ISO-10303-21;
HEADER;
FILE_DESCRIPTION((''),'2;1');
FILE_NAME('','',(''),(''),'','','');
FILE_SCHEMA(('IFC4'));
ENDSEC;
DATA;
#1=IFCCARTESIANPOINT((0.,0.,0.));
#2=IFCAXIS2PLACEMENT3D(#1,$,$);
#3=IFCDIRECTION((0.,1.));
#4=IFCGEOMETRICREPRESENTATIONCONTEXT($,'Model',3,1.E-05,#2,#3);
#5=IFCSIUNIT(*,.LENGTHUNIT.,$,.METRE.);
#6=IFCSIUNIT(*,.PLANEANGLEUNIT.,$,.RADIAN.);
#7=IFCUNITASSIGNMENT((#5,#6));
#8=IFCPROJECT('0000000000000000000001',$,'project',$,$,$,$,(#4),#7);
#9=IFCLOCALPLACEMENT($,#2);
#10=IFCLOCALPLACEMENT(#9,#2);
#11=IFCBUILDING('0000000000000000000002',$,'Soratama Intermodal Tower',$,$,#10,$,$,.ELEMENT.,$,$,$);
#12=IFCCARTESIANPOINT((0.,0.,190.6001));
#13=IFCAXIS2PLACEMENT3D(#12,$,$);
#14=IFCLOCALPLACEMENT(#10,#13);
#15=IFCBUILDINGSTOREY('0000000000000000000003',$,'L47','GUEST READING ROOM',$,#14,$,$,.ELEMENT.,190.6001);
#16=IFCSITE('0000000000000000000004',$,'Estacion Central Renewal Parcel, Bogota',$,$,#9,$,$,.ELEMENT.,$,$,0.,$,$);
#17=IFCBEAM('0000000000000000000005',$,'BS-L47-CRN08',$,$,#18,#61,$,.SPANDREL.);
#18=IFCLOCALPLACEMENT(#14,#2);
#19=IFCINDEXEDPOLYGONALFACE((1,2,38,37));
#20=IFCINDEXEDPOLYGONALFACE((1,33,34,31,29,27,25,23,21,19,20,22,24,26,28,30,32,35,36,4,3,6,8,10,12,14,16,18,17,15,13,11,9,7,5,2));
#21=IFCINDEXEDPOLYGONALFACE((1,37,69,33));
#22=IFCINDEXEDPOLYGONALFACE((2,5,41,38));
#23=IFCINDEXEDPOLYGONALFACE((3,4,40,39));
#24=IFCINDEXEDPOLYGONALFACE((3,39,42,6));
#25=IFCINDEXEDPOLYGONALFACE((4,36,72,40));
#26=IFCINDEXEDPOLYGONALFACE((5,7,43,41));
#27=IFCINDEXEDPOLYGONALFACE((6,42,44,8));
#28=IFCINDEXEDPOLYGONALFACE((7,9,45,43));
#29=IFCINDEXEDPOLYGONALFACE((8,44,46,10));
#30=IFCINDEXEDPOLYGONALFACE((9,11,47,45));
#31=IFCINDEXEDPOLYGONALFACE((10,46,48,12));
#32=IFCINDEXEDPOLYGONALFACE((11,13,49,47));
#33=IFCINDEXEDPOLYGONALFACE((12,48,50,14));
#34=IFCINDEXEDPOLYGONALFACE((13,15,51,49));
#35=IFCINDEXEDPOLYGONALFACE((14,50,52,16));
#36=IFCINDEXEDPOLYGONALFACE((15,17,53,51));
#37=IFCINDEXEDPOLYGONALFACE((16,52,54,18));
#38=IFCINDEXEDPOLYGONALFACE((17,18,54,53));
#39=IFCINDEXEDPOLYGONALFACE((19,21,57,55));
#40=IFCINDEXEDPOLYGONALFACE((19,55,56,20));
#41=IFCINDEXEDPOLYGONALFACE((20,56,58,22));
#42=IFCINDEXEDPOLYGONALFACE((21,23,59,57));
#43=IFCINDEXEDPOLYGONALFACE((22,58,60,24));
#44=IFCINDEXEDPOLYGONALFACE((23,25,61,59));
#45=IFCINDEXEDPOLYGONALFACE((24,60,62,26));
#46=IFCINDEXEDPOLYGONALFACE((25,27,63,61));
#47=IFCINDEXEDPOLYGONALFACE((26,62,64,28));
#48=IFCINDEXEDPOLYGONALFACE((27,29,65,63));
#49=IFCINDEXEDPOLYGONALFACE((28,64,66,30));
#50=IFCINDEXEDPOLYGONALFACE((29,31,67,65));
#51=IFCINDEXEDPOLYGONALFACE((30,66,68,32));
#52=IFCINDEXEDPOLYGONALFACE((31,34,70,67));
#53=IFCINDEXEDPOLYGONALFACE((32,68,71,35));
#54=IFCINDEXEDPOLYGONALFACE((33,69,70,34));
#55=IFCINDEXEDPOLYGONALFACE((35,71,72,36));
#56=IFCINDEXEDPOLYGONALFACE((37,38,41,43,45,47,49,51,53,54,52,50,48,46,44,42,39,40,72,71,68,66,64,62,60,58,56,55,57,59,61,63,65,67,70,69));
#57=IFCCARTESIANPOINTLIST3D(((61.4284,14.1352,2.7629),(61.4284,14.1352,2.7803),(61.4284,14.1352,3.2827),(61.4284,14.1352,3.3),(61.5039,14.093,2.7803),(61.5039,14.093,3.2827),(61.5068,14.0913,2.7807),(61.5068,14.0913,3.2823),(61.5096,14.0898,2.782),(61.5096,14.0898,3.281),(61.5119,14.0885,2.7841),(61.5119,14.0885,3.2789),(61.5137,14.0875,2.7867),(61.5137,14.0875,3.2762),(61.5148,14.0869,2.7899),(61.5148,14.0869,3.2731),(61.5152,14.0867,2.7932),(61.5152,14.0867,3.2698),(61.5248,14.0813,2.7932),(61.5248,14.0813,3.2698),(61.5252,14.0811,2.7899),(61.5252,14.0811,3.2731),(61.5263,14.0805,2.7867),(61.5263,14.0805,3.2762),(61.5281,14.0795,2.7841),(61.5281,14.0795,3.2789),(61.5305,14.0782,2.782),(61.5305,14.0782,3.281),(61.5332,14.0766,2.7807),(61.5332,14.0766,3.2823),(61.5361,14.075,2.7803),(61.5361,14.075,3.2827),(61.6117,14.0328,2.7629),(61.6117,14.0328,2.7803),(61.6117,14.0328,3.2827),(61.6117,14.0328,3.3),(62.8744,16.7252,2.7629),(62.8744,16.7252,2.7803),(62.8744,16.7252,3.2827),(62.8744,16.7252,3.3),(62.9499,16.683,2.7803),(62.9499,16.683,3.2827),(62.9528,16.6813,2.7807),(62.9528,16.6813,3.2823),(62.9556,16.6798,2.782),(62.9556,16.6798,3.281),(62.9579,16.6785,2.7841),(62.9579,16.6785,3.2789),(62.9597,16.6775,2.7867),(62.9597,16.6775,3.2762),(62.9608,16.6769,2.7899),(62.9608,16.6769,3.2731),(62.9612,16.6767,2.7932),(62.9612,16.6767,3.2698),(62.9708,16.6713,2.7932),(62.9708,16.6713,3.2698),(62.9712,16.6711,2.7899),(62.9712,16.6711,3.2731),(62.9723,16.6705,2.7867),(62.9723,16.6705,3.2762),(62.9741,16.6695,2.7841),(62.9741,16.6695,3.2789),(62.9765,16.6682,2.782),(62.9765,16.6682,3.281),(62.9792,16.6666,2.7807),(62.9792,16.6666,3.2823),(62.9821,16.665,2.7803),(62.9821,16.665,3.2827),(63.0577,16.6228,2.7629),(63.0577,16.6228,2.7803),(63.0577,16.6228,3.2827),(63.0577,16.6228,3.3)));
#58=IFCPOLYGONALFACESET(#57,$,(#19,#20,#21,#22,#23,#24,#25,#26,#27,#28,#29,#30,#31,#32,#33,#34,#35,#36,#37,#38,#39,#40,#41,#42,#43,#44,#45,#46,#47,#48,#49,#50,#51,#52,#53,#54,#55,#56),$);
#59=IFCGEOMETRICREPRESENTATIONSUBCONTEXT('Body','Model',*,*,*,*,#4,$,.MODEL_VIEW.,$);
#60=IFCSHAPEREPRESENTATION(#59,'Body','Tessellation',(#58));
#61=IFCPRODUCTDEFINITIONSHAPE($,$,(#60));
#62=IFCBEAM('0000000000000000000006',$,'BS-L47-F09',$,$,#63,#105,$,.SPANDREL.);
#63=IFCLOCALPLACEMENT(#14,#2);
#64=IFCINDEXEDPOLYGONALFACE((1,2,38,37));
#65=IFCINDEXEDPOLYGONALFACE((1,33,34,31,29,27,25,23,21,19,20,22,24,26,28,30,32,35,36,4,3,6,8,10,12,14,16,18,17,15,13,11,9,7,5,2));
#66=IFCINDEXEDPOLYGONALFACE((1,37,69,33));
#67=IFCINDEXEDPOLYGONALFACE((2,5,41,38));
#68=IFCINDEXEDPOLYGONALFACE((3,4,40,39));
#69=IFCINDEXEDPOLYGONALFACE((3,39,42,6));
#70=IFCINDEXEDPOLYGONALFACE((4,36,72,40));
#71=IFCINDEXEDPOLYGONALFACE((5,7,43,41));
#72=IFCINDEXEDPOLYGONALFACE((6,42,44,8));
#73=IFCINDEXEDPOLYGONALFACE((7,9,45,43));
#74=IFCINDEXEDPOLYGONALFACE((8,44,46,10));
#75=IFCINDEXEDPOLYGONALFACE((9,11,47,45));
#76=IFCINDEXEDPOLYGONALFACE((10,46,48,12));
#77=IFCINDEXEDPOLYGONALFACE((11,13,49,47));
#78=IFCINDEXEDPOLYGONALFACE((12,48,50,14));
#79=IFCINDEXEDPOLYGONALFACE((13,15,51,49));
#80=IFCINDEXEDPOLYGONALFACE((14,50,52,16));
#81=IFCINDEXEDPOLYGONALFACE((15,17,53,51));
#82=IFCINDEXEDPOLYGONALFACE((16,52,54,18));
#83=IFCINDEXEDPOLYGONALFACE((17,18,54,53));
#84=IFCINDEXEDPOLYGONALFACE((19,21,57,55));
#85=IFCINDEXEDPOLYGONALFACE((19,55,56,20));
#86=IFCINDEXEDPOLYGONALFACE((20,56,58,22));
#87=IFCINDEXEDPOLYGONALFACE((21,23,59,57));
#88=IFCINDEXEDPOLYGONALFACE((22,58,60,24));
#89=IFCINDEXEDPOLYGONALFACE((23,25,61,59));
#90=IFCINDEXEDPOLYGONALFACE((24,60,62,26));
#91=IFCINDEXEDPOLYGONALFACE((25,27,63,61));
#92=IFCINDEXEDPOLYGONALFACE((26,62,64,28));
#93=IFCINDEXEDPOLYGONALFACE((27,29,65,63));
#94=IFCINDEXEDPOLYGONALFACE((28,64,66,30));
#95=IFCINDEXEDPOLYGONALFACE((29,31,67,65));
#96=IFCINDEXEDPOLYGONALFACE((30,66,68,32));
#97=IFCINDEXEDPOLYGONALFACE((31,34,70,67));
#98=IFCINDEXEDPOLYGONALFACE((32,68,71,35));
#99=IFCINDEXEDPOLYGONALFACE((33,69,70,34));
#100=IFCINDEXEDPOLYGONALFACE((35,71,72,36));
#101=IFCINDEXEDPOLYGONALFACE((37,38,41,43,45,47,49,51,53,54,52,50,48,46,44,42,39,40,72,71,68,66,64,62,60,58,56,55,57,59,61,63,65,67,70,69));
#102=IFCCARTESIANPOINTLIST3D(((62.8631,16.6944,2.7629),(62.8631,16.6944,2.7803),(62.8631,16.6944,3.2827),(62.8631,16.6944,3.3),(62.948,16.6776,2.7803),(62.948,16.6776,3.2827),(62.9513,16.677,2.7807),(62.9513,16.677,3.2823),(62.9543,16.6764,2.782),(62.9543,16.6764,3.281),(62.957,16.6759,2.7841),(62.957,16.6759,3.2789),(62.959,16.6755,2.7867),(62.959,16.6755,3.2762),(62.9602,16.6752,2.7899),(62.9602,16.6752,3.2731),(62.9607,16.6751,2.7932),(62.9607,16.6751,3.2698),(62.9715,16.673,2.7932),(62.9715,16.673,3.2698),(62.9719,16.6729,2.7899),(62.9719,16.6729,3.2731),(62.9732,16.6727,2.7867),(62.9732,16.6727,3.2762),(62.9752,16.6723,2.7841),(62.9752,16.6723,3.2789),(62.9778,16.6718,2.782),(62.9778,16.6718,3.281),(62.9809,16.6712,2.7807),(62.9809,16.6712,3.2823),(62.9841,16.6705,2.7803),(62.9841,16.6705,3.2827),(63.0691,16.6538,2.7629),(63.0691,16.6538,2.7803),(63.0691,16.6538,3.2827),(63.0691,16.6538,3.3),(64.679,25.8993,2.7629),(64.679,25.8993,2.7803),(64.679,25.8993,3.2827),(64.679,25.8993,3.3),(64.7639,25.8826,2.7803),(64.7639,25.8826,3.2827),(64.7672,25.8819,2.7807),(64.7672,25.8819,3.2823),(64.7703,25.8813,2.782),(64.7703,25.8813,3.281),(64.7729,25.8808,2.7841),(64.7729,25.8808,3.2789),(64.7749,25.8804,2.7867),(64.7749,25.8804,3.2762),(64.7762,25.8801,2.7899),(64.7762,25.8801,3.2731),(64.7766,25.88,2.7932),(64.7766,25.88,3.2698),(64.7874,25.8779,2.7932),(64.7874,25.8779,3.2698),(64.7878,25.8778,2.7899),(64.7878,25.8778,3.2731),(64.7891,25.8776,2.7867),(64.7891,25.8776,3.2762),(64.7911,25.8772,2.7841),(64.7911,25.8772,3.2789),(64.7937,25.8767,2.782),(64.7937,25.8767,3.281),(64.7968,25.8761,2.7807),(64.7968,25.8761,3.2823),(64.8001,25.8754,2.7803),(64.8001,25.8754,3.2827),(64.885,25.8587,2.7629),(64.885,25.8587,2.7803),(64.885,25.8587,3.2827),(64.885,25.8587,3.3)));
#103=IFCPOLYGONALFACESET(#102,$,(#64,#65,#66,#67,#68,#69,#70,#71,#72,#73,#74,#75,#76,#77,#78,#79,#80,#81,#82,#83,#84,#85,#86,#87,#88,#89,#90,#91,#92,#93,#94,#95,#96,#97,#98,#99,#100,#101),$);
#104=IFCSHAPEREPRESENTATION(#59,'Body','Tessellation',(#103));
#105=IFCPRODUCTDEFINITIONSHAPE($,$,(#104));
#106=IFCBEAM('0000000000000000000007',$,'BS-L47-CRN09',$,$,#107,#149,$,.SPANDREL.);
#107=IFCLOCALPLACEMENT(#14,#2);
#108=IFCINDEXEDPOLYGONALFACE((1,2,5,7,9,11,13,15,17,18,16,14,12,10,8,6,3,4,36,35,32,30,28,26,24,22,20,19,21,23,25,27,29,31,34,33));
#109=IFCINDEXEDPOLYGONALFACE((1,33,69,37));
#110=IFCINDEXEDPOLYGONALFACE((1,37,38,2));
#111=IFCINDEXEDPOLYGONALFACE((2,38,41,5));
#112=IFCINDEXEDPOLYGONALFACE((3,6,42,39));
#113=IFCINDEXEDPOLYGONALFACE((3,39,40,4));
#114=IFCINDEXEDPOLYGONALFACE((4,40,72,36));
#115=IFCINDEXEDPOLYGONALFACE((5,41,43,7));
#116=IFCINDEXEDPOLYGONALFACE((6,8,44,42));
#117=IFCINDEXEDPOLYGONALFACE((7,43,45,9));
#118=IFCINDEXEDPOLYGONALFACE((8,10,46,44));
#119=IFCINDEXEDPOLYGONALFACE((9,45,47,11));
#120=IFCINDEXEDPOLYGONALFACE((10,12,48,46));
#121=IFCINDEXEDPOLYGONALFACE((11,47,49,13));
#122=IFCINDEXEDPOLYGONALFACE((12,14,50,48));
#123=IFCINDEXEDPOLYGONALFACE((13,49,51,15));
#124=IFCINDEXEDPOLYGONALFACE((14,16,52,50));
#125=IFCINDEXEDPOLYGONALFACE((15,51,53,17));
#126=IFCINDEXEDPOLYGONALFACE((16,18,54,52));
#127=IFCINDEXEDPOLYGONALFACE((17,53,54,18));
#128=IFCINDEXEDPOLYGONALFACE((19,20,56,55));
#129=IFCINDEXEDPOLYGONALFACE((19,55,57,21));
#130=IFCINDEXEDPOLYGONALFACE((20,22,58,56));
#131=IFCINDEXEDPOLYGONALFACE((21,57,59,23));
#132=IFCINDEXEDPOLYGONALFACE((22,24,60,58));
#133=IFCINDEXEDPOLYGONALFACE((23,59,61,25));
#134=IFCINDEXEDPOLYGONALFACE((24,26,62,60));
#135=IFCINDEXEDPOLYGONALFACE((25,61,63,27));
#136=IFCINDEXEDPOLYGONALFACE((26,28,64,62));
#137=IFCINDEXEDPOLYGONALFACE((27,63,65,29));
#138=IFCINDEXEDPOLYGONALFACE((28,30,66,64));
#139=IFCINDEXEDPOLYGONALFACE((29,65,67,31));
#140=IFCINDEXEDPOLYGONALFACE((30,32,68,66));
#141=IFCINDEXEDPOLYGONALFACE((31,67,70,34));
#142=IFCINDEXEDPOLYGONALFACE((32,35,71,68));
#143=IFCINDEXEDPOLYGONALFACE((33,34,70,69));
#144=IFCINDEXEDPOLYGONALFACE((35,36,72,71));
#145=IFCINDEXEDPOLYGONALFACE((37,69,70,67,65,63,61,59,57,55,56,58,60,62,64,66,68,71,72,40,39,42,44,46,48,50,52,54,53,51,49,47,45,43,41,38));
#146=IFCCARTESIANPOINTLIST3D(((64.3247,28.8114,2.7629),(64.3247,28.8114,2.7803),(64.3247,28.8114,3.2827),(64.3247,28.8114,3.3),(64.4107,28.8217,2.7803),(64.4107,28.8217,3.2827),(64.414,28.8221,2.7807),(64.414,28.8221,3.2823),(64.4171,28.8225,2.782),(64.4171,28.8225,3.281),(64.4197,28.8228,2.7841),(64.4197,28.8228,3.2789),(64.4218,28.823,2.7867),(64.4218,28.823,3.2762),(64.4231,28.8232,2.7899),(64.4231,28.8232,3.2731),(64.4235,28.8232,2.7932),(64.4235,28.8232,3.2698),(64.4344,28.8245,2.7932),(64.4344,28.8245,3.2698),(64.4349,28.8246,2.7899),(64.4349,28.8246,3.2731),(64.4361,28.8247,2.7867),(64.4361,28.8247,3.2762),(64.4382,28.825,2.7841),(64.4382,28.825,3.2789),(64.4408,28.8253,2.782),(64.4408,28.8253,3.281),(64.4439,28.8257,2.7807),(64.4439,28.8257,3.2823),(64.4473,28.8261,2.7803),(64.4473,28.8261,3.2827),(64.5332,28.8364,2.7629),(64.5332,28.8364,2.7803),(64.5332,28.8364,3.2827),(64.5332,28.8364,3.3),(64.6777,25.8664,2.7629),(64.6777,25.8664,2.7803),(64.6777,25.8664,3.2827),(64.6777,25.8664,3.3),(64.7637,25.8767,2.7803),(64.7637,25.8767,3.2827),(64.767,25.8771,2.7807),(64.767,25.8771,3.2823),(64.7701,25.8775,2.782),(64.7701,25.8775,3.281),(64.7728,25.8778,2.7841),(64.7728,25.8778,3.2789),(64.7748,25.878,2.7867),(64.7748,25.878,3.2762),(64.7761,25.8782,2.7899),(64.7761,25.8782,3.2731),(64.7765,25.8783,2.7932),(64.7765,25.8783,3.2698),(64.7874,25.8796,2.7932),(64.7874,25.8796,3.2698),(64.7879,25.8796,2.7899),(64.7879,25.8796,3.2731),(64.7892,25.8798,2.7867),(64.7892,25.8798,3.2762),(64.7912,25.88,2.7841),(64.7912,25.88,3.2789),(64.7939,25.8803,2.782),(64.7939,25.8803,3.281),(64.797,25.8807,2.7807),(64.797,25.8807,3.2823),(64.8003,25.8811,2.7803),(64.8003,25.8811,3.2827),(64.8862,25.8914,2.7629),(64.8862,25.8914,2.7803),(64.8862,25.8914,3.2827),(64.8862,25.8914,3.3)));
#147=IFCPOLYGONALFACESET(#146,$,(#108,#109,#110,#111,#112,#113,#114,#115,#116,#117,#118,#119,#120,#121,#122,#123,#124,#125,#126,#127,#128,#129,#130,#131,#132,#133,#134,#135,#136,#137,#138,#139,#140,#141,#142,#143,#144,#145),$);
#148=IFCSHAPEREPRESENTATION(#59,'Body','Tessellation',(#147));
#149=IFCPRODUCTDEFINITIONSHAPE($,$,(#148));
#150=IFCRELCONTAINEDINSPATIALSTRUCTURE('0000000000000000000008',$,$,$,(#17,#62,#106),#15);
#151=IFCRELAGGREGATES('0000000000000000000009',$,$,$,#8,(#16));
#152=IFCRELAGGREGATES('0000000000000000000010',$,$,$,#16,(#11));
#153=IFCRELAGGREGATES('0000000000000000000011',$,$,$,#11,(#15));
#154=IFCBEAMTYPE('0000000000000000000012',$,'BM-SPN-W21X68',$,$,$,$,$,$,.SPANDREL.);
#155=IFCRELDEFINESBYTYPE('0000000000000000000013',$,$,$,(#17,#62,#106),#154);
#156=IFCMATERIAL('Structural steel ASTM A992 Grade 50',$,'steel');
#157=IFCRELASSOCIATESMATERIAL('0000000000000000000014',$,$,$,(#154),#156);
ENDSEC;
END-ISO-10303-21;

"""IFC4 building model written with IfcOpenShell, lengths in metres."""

from ifc_helpers import new_model, si_unit, direction, frame, origin, origin_2d, place, context, subcontext, project, spatial, i_section, extrude, material, material_profile, profile_set, type_object, element, save


model = new_model("IFC4")

# Units and contexts
model_context = context("Model", 3, precision=1e-05, world=origin(), true_north=direction((0.0, 1.0)))
body_context = subcontext(model_context, "Body", "Model", "MODEL_VIEW")
ifc_project = project(units=[si_unit("LENGTHUNIT", "METRE"), si_unit("PLANEANGLEUNIT", "RADIAN")], contexts=[model_context])

# Site, building, storey
site_placement = place(None, origin())
site = spatial("IfcSite", under=ifc_project, at=site_placement, Name="Estacion Central Renewal Parcel, Bogota", CompositionType="ELEMENT", RefElevation=0.0)
building_placement = place(site_placement, origin())
building = spatial("IfcBuilding", under=site, at=building_placement, Name="Soratama Intermodal Tower", CompositionType="ELEMENT")
storey_placement = place(building_placement, frame((0.0, 0.0, 190.6001)))
storey = spatial("IfcBuildingStorey", under=building, at=storey_placement, Name="L47", Description="GUEST READING ROOM", CompositionType="ELEMENT", Elevation=190.6001)

# Beams
ifc_material_1 = material(Name="Structural steel ASTM A992 Grade 50", Category="steel")
ifc_material_profile_1 = material_profile(ifc_material_1, i_section(OverallWidth=0.21, OverallDepth=0.5371, WebThickness=0.011, FlangeThickness=0.0173, FilletRadius=0.0129, at=origin_2d()), Name="W21X68")
ifc_profile_set_1 = profile_set([ifc_material_profile_1], Name="Structural steel ASTM A992 Grade 50")
beam_type_1 = type_object("IfcBeamType", Name="BM-SPN-W21X68", PredefinedType="SPANDREL", material=ifc_profile_set_1)
beam_1_placement = place(storey_placement, frame((61.52, 14.084, 3.0315), z_axis=(0.487473, 0.873138, 0.0), x_axis=(-0.873138, 0.487473, 0.0)))
element("IfcBeam", 1, at=beam_1_placement, inside=storey, type_object=beam_type_1, Name="BS-L47-CRN08", PredefinedType="SPANDREL", context=body_context, shape_type="SweptSolid", body=[
    extrude(i_section(OverallWidth=0.21, OverallDepth=0.5371, WebThickness=0.011, FlangeThickness=0.0173, FilletRadius=0.0129, at=origin_2d()), origin(), (0.0, 0.0, 1.0), 2.9663),
])
beam_2_placement = place(storey_placement, frame((62.9661, 16.6741, 3.0315), z_axis=(0.193548, 0.981091, 0.0), x_axis=(-0.981091, 0.193548, 0.0)))
element("IfcBeam", 2, at=beam_2_placement, inside=storey, type_object=beam_type_1, Name="BS-L47-F09", PredefinedType="SPANDREL", context=body_context, shape_type="SweptSolid", body=[
    extrude(i_section(OverallWidth=0.21, OverallDepth=0.5371, WebThickness=0.011, FlangeThickness=0.0173, FilletRadius=0.0129, at=origin_2d()), origin(), (0.0, 0.0, 1.0), 9.3823),
])
beam_3_placement = place(storey_placement, frame((64.782, 25.8789, 3.0315), z_axis=(-0.119019, 0.992892, 0.0), x_axis=(-0.992892, -0.119019, 0.0)))
element("IfcBeam", 3, at=beam_3_placement, inside=storey, type_object=beam_type_1, Name="BS-L47-CRN09", PredefinedType="SPANDREL", context=body_context, shape_type="SweptSolid", body=[
    extrude(i_section(OverallWidth=0.21, OverallDepth=0.5371, WebThickness=0.011, FlangeThickness=0.0173, FilletRadius=0.0129, at=origin_2d()), origin(), (0.0, 0.0, 1.0), 2.9661),
])

save(model, "model.ifc")
